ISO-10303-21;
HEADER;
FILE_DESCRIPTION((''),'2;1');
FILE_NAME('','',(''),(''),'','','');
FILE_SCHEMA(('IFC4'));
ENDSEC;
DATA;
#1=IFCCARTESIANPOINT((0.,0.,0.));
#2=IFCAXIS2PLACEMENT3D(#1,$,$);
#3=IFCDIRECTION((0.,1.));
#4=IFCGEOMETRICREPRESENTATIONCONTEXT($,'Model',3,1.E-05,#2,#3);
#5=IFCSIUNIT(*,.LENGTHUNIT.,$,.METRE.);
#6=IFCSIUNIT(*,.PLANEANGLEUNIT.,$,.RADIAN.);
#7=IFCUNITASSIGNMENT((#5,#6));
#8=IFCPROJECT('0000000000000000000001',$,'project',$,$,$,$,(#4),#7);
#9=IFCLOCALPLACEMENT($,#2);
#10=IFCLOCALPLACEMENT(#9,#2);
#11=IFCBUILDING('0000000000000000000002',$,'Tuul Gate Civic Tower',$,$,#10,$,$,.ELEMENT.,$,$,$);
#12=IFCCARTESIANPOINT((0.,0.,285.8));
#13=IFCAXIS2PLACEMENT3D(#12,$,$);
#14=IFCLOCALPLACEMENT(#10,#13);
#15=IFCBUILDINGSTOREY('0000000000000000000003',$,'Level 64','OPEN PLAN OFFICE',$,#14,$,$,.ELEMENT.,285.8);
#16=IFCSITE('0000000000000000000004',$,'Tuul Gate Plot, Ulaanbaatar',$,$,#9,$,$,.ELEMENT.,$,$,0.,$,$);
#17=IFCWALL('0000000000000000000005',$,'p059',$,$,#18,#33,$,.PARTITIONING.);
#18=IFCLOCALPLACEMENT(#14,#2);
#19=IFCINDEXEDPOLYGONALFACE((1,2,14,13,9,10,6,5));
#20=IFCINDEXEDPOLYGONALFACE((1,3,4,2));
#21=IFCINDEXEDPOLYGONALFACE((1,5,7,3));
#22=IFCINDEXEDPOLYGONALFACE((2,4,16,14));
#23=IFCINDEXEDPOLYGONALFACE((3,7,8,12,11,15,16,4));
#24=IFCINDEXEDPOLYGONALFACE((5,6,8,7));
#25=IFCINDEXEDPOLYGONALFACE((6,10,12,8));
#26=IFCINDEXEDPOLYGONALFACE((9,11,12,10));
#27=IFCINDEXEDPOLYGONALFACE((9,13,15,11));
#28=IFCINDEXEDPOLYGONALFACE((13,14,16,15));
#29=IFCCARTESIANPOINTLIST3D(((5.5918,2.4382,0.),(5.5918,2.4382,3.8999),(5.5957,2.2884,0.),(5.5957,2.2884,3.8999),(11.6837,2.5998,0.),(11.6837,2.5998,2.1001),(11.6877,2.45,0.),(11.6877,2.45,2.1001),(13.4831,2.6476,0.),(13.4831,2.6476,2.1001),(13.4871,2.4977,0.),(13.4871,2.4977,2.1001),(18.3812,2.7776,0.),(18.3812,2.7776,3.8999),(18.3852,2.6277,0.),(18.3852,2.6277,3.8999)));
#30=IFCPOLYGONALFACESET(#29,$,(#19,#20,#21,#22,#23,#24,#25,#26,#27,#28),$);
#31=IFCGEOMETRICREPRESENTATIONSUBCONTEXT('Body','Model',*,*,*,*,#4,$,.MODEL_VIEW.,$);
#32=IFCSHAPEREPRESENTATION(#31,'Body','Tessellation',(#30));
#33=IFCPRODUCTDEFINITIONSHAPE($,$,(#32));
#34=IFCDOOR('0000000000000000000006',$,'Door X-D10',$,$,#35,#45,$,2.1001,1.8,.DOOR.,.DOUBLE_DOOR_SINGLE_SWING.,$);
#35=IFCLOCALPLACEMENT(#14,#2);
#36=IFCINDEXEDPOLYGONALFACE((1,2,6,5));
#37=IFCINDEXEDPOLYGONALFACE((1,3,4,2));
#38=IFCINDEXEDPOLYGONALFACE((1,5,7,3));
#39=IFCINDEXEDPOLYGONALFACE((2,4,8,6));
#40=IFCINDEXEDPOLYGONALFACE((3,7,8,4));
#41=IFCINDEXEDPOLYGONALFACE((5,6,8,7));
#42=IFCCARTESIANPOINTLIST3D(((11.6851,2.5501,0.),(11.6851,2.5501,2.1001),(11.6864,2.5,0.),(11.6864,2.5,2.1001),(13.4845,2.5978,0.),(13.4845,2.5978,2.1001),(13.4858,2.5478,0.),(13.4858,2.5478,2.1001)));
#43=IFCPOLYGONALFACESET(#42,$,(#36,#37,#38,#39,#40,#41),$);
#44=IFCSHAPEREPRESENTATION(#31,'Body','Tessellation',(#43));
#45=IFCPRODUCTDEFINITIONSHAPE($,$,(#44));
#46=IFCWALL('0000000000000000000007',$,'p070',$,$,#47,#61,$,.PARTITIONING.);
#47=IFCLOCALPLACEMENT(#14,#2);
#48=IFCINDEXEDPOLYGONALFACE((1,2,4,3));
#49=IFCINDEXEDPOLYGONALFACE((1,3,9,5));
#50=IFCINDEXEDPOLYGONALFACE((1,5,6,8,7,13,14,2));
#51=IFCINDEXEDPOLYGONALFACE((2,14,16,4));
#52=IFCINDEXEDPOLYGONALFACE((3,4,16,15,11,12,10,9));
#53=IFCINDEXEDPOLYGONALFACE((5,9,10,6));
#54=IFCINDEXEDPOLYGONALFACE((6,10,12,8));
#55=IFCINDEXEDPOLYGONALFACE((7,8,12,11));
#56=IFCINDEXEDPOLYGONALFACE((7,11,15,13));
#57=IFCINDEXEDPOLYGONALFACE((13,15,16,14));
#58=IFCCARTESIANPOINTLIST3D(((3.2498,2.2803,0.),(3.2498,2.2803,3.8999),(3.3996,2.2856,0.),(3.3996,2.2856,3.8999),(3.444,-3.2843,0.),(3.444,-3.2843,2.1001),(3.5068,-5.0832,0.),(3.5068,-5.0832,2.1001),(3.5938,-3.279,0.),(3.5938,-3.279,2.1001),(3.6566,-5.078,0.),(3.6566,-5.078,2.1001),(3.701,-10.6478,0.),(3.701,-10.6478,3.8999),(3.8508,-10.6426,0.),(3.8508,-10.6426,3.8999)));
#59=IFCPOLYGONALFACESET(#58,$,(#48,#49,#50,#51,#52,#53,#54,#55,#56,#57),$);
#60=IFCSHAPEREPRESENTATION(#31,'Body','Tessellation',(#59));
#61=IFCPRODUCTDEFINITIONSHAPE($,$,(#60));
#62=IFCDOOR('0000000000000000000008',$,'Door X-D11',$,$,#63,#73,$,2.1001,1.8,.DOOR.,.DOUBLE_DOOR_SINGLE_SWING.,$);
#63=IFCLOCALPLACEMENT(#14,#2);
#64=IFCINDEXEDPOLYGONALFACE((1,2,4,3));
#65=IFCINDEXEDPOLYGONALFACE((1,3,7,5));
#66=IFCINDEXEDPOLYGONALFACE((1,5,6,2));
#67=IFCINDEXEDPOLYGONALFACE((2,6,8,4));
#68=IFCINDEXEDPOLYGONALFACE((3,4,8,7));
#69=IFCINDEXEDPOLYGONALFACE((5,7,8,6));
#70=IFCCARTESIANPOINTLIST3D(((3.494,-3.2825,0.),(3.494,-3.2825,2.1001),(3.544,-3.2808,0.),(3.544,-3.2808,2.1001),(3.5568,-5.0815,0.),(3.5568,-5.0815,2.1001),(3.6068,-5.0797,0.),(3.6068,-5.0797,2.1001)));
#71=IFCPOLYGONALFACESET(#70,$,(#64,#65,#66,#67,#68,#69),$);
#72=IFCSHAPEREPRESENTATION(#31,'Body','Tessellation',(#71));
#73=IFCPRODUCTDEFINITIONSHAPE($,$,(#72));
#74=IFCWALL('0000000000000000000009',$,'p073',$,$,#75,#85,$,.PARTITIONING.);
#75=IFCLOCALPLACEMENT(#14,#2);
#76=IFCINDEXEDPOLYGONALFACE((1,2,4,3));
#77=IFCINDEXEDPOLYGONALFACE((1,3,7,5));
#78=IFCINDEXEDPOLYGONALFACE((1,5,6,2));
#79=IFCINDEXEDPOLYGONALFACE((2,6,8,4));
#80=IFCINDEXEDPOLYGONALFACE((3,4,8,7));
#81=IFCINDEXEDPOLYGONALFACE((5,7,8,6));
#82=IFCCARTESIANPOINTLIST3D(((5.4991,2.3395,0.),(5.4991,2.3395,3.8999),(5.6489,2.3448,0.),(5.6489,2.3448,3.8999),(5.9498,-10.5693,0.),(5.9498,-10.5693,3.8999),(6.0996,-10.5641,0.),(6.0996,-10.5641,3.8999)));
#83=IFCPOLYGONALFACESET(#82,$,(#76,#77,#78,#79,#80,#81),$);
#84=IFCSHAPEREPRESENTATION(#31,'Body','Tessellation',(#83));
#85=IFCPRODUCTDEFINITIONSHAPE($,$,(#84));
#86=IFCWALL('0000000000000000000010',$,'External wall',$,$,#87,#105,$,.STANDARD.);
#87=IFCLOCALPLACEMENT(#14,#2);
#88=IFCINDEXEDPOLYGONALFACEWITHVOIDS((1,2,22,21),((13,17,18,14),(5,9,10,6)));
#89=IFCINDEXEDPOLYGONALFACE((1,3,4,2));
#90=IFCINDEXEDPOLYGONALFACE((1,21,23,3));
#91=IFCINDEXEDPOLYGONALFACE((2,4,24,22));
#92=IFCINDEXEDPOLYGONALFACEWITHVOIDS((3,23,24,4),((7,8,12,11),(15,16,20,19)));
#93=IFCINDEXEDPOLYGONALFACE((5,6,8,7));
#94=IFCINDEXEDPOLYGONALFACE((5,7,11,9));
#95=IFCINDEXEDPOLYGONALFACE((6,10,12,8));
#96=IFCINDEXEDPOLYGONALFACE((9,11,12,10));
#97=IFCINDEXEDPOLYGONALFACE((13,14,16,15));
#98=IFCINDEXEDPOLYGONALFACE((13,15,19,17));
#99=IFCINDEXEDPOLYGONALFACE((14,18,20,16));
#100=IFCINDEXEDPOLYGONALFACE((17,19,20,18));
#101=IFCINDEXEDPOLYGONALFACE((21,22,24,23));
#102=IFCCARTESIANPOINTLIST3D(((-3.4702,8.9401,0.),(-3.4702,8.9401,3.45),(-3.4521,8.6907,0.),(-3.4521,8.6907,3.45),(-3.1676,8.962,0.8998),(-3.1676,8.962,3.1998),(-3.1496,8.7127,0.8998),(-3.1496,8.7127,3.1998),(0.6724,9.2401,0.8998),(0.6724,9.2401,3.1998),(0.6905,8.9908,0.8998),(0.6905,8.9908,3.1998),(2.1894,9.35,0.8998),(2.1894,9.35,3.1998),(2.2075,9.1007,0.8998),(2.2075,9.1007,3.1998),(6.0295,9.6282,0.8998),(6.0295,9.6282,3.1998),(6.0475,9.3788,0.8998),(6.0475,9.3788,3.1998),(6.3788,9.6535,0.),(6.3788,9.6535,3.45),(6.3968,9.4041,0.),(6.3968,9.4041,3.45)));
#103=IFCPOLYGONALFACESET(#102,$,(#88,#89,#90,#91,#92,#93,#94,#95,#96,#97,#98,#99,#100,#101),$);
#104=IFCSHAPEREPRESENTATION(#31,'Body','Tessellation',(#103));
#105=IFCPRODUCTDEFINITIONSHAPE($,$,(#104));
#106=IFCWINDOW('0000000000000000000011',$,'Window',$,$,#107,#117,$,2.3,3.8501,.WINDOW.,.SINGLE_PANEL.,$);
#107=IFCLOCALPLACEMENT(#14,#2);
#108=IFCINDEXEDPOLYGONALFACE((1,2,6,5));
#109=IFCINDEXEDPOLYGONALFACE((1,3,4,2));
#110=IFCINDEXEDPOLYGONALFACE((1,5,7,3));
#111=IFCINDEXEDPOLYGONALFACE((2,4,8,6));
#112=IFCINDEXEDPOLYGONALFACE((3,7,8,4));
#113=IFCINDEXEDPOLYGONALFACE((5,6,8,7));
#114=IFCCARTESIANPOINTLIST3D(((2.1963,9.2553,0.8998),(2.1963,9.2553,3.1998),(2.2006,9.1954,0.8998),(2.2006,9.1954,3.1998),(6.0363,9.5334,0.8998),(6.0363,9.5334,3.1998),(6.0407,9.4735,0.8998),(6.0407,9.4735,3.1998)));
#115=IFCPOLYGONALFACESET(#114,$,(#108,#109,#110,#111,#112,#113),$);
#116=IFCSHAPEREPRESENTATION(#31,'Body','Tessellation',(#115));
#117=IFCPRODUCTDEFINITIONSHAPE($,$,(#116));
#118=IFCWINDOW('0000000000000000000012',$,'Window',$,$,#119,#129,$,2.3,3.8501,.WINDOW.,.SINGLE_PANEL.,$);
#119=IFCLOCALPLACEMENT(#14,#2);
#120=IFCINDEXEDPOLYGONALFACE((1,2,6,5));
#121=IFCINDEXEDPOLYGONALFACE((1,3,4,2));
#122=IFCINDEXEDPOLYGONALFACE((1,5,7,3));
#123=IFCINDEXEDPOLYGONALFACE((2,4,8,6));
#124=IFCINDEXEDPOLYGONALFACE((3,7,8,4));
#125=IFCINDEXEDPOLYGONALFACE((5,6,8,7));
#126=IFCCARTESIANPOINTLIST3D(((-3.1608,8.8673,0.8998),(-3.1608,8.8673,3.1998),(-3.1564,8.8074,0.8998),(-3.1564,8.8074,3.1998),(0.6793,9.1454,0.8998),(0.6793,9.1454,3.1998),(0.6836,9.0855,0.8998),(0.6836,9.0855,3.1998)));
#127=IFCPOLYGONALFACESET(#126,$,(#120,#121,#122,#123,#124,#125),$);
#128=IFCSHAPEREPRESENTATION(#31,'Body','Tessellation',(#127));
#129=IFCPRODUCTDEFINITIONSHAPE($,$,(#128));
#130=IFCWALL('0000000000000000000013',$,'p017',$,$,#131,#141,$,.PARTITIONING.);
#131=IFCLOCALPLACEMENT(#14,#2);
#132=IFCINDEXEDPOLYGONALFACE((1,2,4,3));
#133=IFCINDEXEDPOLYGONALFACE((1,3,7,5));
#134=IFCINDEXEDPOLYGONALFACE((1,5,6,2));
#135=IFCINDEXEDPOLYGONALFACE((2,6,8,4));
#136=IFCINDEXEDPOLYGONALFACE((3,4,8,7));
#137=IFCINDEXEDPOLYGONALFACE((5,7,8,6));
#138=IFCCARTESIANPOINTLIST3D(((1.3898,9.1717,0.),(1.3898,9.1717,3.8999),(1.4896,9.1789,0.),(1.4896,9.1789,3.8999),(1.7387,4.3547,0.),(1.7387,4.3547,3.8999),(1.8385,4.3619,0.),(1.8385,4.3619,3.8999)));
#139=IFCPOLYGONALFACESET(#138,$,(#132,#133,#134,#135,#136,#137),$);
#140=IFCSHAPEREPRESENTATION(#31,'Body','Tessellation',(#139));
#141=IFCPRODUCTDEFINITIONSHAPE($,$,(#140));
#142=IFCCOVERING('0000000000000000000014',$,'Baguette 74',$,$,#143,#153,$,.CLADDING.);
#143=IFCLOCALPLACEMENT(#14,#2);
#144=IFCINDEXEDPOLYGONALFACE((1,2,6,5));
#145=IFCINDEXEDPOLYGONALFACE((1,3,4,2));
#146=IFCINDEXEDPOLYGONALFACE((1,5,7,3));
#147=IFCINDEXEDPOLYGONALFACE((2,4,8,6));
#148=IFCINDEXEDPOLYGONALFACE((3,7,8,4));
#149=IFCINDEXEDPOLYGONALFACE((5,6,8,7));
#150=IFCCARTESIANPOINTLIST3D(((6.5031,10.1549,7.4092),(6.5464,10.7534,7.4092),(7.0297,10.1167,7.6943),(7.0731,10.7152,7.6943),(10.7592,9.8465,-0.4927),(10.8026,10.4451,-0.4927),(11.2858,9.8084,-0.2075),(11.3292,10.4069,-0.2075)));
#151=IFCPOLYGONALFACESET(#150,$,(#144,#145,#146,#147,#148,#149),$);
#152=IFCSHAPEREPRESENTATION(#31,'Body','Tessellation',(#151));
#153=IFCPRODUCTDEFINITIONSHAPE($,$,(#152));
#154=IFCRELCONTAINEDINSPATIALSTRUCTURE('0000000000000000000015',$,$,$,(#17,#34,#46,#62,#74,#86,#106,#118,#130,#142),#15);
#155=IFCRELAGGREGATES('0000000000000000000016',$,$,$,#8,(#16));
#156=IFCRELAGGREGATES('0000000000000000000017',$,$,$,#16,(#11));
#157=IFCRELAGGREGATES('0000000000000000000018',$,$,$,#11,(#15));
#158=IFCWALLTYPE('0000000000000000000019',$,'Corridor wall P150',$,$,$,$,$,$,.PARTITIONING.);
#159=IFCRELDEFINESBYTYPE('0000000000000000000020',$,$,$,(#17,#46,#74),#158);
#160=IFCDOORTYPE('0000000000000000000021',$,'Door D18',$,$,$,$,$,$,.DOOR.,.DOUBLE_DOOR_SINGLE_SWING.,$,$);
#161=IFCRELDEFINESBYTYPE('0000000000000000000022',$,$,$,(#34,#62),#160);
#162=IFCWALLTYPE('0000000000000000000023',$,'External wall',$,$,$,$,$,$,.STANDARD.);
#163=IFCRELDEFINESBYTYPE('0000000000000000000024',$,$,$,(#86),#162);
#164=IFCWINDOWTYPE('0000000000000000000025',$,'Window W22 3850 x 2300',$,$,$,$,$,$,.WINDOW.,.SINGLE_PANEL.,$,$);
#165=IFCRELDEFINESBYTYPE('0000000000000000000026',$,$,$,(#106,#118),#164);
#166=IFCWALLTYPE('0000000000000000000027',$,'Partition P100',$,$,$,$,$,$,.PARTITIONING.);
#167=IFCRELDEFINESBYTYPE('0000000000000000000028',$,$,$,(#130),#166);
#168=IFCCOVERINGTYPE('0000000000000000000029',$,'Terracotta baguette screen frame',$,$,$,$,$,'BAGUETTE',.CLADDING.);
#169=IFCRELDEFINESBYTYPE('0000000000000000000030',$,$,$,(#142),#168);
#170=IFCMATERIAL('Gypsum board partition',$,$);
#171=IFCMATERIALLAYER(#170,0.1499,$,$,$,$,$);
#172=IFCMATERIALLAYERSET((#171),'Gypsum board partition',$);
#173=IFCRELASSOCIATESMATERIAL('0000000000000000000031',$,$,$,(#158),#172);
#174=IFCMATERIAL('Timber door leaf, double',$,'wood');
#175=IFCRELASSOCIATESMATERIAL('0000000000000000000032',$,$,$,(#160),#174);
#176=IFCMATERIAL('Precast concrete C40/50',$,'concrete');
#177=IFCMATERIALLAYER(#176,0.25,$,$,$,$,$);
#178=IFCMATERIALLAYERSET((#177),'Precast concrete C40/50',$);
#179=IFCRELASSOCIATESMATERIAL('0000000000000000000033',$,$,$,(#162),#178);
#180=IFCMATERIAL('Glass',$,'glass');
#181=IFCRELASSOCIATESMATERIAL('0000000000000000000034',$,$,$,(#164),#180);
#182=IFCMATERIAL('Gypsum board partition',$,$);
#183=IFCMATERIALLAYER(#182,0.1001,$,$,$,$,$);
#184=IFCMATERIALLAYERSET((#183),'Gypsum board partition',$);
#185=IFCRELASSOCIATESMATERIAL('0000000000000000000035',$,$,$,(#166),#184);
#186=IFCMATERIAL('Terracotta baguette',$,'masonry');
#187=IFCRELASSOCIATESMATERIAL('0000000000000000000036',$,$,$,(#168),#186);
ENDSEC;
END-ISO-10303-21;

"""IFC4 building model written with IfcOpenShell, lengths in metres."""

from ifc_helpers import new_model, si_unit, direction, frame, frame_2d, origin, origin_2d, place, context, subcontext, project, spatial, rectangle, extrude, material, layer, layer_set, material_profile, profile_set, type_object, element, fill, save


model = new_model("IFC4")

# Units and contexts
model_context = context("Model", 3, precision=1e-05, world=origin(), true_north=direction((0.0, 1.0)))
body_context = subcontext(model_context, "Body", "Model", "MODEL_VIEW")
ifc_project = project(units=[si_unit("LENGTHUNIT", "METRE"), si_unit("PLANEANGLEUNIT", "RADIAN")], contexts=[model_context])

# Site, building, storey
site_placement = place(None, origin())
site = spatial("IfcSite", under=ifc_project, at=site_placement, Name="Tuul Gate Plot, Ulaanbaatar", CompositionType="ELEMENT", RefElevation=0.0)
building_placement = place(site_placement, origin())
building = spatial("IfcBuilding", under=site, at=building_placement, Name="Tuul Gate Civic Tower", CompositionType="ELEMENT")
storey_placement = place(building_placement, frame((0.0, 0.0, 285.8)))
storey = spatial("IfcBuildingStorey", under=building, at=storey_placement, Name="Level 64", Description="OPEN PLAN OFFICE", CompositionType="ELEMENT", Elevation=285.8)

# Shared definitions
ifc_material_1 = material(Name="Gypsum board partition")
ifc_layer_1 = layer(ifc_material_1, 0.1499)
ifc_layer_set_1 = layer_set([ifc_layer_1], Name="Gypsum board partition")
wall_type_1 = type_object("IfcWallType", Name="Corridor wall P150", PredefinedType="PARTITIONING", material=ifc_layer_set_1)

# Walls, openings, doors
wall_1_placement = place(storey_placement, frame((5.5938, 2.3633, 0.0), z_axis=(0.0, 0.0, 1.0), x_axis=(0.999648, 0.026524, 0.0)))
wall_1 = element("IfcWall", 1, at=wall_1_placement, inside=storey, type_object=wall_type_1, Name="p059", PredefinedType="PARTITIONING", context=body_context, shape_type="SweptSolid", body=[
    extrude(rectangle(XDim=12.7939, YDim=0.1499, at=frame_2d((6.397, 0.0))), origin(), (0.0, 0.0, 1.0), 3.8999),
])
opening_1_placement = place(wall_1_placement, frame((6.0942, 0.0, 0.0)))
opening_1 = element("IfcOpeningElement", 2, at=opening_1_placement, cuts=wall_1, PredefinedType="OPENING", context=body_context, shape_type="SweptSolid", body=[
    extrude(rectangle(XDim=1.8, YDim=2.1001, at=frame_2d((0.8999, 1.05))), frame((0.0, 0.085, 0.0), z_axis=(0.0, -1.0, 0.0), x_axis=(1.0, 0.0, 0.0)), (0.0, 0.0, 1.0), 0.1699),
])
ifc_material_2 = material(Name="Timber door leaf, double", Category="wood")
door_type = type_object("IfcDoorType", Name="Door D18", OperationType="DOUBLE_DOOR_SINGLE_SWING", PredefinedType="DOOR", material=ifc_material_2)
door_1_placement = place(opening_1_placement, frame((1.8, 0.0, 0.0), z_axis=(0.0, 0.0, 1.0), x_axis=(-1.0, 0.0, 0.0)))
door_1 = element("IfcDoor", 3, at=door_1_placement, inside=storey, type_object=door_type, Name="Door X-D10", OperationType="DOUBLE_DOOR_SINGLE_SWING", OverallHeight=2.1001, OverallWidth=1.8, PredefinedType="DOOR", context=body_context, shape_type="SweptSolid", body=[
    extrude(rectangle(XDim=1.8, YDim=2.1001, at=frame_2d((0.9001, 1.05))), frame((0.0, 0.0249, 0.0), z_axis=(0.0, -1.0, 0.0), x_axis=(1.0, 0.0, 0.0)), (0.0, 0.0, 1.0), 0.05),
])
fill(opening_1, door_1)
wall_2_placement = place(storey_placement, frame((3.3247, 2.283, 0.0), z_axis=(0.0, 0.0, 1.0), x_axis=(0.034877, -0.999392, 0.0)))
wall_2 = element("IfcWall", 4, at=wall_2_placement, inside=storey, type_object=wall_type_1, Name="p070", PredefinedType="PARTITIONING", context=body_context, shape_type="SweptSolid", body=[
    extrude(rectangle(XDim=12.936, YDim=0.1499, at=frame_2d((6.468, 0.0))), origin(), (0.0, 0.0, 1.0), 3.8999),
])
opening_2_placement = place(wall_2_placement, frame((5.5681, 0.0, 0.0)))
opening_2 = element("IfcOpeningElement", 5, at=opening_2_placement, cuts=wall_2, PredefinedType="OPENING", context=body_context, shape_type="SweptSolid", body=[
    extrude(rectangle(XDim=1.8, YDim=2.1001, at=frame_2d((0.8999, 1.05))), frame((0.0, 0.085, 0.0), z_axis=(0.0, -1.0, 0.0), x_axis=(1.0, 0.0, 0.0)), (0.0, 0.0, 1.0), 0.1699),
])
door_2_placement = place(opening_2_placement, frame((1.8, 0.0, 0.0), z_axis=(0.0, 0.0, 1.0), x_axis=(-1.0, 0.0, 0.0)))
door_2 = element("IfcDoor", 6, at=door_2_placement, inside=storey, type_object=door_type, Name="Door X-D11", OperationType="DOUBLE_DOOR_SINGLE_SWING", OverallHeight=2.1001, OverallWidth=1.8, PredefinedType="DOOR", context=body_context, shape_type="SweptSolid", body=[
    extrude(rectangle(XDim=1.8, YDim=2.1001, at=frame_2d((0.9001, 1.05))), frame((0.0, 0.0249, 0.0), z_axis=(0.0, -1.0, 0.0), x_axis=(1.0, 0.0, 0.0)), (0.0, 0.0, 1.0), 0.05),
])
fill(opening_2, door_2)

# Wall
wall_3_placement = place(storey_placement, frame((5.574, 2.3423, 0.0), z_axis=(0.0, 0.0, 1.0), x_axis=(0.034891, -0.999391, 0.0)))
element("IfcWall", 7, at=wall_3_placement, inside=storey, type_object=wall_type_1, Name="p073", PredefinedType="PARTITIONING", context=body_context, shape_type="SweptSolid", body=[
    extrude(rectangle(XDim=12.9167, YDim=0.1499, at=frame_2d((6.4585, 0.0))), origin(), (0.0, 0.0, 1.0), 3.8999),
])

# Wall, openings, windows
ifc_material_3 = material(Name="Precast concrete C40/50", Category="concrete")
ifc_layer_2 = layer(ifc_material_3, 0.25)
ifc_layer_set_2 = layer_set([ifc_layer_2], Name="Precast concrete C40/50")
wall_type_2 = type_object("IfcWallType", Name="External wall", PredefinedType="STANDARD", material=ifc_layer_set_2)
wall_4_placement = place(storey_placement, frame((6.3879, 9.5288, 0.0), z_axis=(0.0, 0.0, 1.0), x_axis=(-0.997387, -0.072243, 0.0)))
wall_4 = element("IfcWall", 8, at=wall_4_placement, inside=storey, type_object=wall_type_2, Name="External wall", PredefinedType="STANDARD", context=body_context, shape_type="SweptSolid", body=[
    extrude(rectangle(XDim=9.8748, YDim=0.25, at=frame_2d((4.9375, 0.0))), origin(), (0.0, 0.0, 1.0), 3.45),
])
opening_3_placement = place(wall_4_placement, frame((0.3503, 0.0, 0.8999)))
opening_3 = element("IfcOpeningElement", 9, at=opening_3_placement, cuts=wall_4, PredefinedType="OPENING", context=body_context, shape_type="SweptSolid", body=[
    extrude(rectangle(XDim=3.8501, YDim=2.3, at=frame_2d((1.925, 1.1499))), frame((0.0, 0.135, 0.0), z_axis=(0.0, -1.0, 0.0), x_axis=(1.0, 0.0, 0.0)), (0.0, 0.0, 1.0), 0.27),
])
opening_4_placement = place(wall_4_placement, frame((5.7214, 0.0, 0.8999)))
opening_4 = element("IfcOpeningElement", 10, at=opening_4_placement, cuts=wall_4, PredefinedType="OPENING", context=body_context, shape_type="SweptSolid", body=[
    extrude(rectangle(XDim=3.8501, YDim=2.3, at=frame_2d((1.925, 1.1499))), frame((0.0, 0.135, 0.0), z_axis=(0.0, -1.0, 0.0), x_axis=(1.0, 0.0, 0.0)), (0.0, 0.0, 1.0), 0.27),
])
ifc_material_4 = material(Name="Glass", Category="glass")
window_type = type_object("IfcWindowType", Name="Window W22 3850 x 2300", PartitioningType="SINGLE_PANEL", PredefinedType="WINDOW", material=ifc_material_4)
window_1_placement = place(opening_3_placement, origin())
window_1 = element("IfcWindow", 11, at=window_1_placement, inside=storey, type_object=window_type, Name="Window", OverallHeight=2.3, OverallWidth=3.8501, PartitioningType="SINGLE_PANEL", PredefinedType="WINDOW", context=body_context, shape_type="SweptSolid", body=[
    extrude(rectangle(XDim=3.8501, YDim=2.3, at=frame_2d((1.925, 1.1499))), frame((0.0, 0.03, 0.0), z_axis=(0.0, -1.0, 0.0), x_axis=(1.0, 0.0, 0.0)), (0.0, 0.0, 1.0), 0.0601),
])
fill(opening_3, window_1)
window_2_placement = place(opening_4_placement, origin())
window_2 = element("IfcWindow", 12, at=window_2_placement, inside=storey, type_object=window_type, Name="Window", OverallHeight=2.3, OverallWidth=3.8501, PartitioningType="SINGLE_PANEL", PredefinedType="WINDOW", context=body_context, shape_type="SweptSolid", body=[
    extrude(rectangle(XDim=3.8501, YDim=2.3, at=frame_2d((1.925, 1.1499))), frame((0.0, 0.03, 0.0), z_axis=(0.0, -1.0, 0.0), x_axis=(1.0, 0.0, 0.0)), (0.0, 0.0, 1.0), 0.0601),
])
fill(opening_4, window_2)

# Wall
ifc_material_5 = material(Name="Gypsum board partition")
ifc_layer_3 = layer(ifc_material_5, 0.1001)
ifc_layer_set_3 = layer_set([ifc_layer_3], Name="Gypsum board partition")
wall_type_3 = type_object("IfcWallType", Name="Partition P100", PredefinedType="PARTITIONING", material=ifc_layer_set_3)
wall_5_placement = place(storey_placement, frame((1.4397, 9.1753, 0.0), z_axis=(0.0, 0.0, 1.0), x_axis=(0.072239, -0.997387, 0.0)))
element("IfcWall", 13, at=wall_5_placement, inside=storey, type_object=wall_type_3, Name="p017", PredefinedType="PARTITIONING", context=body_context, shape_type="SweptSolid", body=[
    extrude(rectangle(XDim=4.8296, YDim=0.1001, at=frame_2d((2.4148, 0.0))), origin(), (0.0, 0.0, 1.0), 3.8999),
])

# Covering
ifc_material_6 = material(Name="Terracotta baguette", Category="masonry")
ifc_material_profile_1 = material_profile(ifc_material_6, rectangle(XDim=0.6001, YDim=0.6001, at=origin_2d()), Name="Terracotta baguette screen frame")
ifc_profile_set_1 = profile_set([ifc_material_profile_1], Name="Terracotta baguette")
covering_type = type_object("IfcCoveringType", Name="Terracotta baguette screen frame", ElementType="BAGUETTE", PredefinedType="CLADDING", material=ifc_profile_set_1)
covering_placement = place(storey_placement, frame((6.7881, 10.4351, 7.5518), z_axis=(0.473929, -0.034336, -0.879893), x_axis=(0.072259, 0.997386, 0.0)))
element("IfcCovering", 14, at=covering_placement, inside=storey, type_object=covering_type, Name="Baguette 74", PredefinedType="CLADDING", context=body_context, shape_type="SweptSolid", body=[
    extrude(rectangle(XDim=0.6001, YDim=0.6001, at=origin_2d()), origin(), (0.0, 0.0, 1.0), 8.9805),
])

save(model, "model.ifc")
